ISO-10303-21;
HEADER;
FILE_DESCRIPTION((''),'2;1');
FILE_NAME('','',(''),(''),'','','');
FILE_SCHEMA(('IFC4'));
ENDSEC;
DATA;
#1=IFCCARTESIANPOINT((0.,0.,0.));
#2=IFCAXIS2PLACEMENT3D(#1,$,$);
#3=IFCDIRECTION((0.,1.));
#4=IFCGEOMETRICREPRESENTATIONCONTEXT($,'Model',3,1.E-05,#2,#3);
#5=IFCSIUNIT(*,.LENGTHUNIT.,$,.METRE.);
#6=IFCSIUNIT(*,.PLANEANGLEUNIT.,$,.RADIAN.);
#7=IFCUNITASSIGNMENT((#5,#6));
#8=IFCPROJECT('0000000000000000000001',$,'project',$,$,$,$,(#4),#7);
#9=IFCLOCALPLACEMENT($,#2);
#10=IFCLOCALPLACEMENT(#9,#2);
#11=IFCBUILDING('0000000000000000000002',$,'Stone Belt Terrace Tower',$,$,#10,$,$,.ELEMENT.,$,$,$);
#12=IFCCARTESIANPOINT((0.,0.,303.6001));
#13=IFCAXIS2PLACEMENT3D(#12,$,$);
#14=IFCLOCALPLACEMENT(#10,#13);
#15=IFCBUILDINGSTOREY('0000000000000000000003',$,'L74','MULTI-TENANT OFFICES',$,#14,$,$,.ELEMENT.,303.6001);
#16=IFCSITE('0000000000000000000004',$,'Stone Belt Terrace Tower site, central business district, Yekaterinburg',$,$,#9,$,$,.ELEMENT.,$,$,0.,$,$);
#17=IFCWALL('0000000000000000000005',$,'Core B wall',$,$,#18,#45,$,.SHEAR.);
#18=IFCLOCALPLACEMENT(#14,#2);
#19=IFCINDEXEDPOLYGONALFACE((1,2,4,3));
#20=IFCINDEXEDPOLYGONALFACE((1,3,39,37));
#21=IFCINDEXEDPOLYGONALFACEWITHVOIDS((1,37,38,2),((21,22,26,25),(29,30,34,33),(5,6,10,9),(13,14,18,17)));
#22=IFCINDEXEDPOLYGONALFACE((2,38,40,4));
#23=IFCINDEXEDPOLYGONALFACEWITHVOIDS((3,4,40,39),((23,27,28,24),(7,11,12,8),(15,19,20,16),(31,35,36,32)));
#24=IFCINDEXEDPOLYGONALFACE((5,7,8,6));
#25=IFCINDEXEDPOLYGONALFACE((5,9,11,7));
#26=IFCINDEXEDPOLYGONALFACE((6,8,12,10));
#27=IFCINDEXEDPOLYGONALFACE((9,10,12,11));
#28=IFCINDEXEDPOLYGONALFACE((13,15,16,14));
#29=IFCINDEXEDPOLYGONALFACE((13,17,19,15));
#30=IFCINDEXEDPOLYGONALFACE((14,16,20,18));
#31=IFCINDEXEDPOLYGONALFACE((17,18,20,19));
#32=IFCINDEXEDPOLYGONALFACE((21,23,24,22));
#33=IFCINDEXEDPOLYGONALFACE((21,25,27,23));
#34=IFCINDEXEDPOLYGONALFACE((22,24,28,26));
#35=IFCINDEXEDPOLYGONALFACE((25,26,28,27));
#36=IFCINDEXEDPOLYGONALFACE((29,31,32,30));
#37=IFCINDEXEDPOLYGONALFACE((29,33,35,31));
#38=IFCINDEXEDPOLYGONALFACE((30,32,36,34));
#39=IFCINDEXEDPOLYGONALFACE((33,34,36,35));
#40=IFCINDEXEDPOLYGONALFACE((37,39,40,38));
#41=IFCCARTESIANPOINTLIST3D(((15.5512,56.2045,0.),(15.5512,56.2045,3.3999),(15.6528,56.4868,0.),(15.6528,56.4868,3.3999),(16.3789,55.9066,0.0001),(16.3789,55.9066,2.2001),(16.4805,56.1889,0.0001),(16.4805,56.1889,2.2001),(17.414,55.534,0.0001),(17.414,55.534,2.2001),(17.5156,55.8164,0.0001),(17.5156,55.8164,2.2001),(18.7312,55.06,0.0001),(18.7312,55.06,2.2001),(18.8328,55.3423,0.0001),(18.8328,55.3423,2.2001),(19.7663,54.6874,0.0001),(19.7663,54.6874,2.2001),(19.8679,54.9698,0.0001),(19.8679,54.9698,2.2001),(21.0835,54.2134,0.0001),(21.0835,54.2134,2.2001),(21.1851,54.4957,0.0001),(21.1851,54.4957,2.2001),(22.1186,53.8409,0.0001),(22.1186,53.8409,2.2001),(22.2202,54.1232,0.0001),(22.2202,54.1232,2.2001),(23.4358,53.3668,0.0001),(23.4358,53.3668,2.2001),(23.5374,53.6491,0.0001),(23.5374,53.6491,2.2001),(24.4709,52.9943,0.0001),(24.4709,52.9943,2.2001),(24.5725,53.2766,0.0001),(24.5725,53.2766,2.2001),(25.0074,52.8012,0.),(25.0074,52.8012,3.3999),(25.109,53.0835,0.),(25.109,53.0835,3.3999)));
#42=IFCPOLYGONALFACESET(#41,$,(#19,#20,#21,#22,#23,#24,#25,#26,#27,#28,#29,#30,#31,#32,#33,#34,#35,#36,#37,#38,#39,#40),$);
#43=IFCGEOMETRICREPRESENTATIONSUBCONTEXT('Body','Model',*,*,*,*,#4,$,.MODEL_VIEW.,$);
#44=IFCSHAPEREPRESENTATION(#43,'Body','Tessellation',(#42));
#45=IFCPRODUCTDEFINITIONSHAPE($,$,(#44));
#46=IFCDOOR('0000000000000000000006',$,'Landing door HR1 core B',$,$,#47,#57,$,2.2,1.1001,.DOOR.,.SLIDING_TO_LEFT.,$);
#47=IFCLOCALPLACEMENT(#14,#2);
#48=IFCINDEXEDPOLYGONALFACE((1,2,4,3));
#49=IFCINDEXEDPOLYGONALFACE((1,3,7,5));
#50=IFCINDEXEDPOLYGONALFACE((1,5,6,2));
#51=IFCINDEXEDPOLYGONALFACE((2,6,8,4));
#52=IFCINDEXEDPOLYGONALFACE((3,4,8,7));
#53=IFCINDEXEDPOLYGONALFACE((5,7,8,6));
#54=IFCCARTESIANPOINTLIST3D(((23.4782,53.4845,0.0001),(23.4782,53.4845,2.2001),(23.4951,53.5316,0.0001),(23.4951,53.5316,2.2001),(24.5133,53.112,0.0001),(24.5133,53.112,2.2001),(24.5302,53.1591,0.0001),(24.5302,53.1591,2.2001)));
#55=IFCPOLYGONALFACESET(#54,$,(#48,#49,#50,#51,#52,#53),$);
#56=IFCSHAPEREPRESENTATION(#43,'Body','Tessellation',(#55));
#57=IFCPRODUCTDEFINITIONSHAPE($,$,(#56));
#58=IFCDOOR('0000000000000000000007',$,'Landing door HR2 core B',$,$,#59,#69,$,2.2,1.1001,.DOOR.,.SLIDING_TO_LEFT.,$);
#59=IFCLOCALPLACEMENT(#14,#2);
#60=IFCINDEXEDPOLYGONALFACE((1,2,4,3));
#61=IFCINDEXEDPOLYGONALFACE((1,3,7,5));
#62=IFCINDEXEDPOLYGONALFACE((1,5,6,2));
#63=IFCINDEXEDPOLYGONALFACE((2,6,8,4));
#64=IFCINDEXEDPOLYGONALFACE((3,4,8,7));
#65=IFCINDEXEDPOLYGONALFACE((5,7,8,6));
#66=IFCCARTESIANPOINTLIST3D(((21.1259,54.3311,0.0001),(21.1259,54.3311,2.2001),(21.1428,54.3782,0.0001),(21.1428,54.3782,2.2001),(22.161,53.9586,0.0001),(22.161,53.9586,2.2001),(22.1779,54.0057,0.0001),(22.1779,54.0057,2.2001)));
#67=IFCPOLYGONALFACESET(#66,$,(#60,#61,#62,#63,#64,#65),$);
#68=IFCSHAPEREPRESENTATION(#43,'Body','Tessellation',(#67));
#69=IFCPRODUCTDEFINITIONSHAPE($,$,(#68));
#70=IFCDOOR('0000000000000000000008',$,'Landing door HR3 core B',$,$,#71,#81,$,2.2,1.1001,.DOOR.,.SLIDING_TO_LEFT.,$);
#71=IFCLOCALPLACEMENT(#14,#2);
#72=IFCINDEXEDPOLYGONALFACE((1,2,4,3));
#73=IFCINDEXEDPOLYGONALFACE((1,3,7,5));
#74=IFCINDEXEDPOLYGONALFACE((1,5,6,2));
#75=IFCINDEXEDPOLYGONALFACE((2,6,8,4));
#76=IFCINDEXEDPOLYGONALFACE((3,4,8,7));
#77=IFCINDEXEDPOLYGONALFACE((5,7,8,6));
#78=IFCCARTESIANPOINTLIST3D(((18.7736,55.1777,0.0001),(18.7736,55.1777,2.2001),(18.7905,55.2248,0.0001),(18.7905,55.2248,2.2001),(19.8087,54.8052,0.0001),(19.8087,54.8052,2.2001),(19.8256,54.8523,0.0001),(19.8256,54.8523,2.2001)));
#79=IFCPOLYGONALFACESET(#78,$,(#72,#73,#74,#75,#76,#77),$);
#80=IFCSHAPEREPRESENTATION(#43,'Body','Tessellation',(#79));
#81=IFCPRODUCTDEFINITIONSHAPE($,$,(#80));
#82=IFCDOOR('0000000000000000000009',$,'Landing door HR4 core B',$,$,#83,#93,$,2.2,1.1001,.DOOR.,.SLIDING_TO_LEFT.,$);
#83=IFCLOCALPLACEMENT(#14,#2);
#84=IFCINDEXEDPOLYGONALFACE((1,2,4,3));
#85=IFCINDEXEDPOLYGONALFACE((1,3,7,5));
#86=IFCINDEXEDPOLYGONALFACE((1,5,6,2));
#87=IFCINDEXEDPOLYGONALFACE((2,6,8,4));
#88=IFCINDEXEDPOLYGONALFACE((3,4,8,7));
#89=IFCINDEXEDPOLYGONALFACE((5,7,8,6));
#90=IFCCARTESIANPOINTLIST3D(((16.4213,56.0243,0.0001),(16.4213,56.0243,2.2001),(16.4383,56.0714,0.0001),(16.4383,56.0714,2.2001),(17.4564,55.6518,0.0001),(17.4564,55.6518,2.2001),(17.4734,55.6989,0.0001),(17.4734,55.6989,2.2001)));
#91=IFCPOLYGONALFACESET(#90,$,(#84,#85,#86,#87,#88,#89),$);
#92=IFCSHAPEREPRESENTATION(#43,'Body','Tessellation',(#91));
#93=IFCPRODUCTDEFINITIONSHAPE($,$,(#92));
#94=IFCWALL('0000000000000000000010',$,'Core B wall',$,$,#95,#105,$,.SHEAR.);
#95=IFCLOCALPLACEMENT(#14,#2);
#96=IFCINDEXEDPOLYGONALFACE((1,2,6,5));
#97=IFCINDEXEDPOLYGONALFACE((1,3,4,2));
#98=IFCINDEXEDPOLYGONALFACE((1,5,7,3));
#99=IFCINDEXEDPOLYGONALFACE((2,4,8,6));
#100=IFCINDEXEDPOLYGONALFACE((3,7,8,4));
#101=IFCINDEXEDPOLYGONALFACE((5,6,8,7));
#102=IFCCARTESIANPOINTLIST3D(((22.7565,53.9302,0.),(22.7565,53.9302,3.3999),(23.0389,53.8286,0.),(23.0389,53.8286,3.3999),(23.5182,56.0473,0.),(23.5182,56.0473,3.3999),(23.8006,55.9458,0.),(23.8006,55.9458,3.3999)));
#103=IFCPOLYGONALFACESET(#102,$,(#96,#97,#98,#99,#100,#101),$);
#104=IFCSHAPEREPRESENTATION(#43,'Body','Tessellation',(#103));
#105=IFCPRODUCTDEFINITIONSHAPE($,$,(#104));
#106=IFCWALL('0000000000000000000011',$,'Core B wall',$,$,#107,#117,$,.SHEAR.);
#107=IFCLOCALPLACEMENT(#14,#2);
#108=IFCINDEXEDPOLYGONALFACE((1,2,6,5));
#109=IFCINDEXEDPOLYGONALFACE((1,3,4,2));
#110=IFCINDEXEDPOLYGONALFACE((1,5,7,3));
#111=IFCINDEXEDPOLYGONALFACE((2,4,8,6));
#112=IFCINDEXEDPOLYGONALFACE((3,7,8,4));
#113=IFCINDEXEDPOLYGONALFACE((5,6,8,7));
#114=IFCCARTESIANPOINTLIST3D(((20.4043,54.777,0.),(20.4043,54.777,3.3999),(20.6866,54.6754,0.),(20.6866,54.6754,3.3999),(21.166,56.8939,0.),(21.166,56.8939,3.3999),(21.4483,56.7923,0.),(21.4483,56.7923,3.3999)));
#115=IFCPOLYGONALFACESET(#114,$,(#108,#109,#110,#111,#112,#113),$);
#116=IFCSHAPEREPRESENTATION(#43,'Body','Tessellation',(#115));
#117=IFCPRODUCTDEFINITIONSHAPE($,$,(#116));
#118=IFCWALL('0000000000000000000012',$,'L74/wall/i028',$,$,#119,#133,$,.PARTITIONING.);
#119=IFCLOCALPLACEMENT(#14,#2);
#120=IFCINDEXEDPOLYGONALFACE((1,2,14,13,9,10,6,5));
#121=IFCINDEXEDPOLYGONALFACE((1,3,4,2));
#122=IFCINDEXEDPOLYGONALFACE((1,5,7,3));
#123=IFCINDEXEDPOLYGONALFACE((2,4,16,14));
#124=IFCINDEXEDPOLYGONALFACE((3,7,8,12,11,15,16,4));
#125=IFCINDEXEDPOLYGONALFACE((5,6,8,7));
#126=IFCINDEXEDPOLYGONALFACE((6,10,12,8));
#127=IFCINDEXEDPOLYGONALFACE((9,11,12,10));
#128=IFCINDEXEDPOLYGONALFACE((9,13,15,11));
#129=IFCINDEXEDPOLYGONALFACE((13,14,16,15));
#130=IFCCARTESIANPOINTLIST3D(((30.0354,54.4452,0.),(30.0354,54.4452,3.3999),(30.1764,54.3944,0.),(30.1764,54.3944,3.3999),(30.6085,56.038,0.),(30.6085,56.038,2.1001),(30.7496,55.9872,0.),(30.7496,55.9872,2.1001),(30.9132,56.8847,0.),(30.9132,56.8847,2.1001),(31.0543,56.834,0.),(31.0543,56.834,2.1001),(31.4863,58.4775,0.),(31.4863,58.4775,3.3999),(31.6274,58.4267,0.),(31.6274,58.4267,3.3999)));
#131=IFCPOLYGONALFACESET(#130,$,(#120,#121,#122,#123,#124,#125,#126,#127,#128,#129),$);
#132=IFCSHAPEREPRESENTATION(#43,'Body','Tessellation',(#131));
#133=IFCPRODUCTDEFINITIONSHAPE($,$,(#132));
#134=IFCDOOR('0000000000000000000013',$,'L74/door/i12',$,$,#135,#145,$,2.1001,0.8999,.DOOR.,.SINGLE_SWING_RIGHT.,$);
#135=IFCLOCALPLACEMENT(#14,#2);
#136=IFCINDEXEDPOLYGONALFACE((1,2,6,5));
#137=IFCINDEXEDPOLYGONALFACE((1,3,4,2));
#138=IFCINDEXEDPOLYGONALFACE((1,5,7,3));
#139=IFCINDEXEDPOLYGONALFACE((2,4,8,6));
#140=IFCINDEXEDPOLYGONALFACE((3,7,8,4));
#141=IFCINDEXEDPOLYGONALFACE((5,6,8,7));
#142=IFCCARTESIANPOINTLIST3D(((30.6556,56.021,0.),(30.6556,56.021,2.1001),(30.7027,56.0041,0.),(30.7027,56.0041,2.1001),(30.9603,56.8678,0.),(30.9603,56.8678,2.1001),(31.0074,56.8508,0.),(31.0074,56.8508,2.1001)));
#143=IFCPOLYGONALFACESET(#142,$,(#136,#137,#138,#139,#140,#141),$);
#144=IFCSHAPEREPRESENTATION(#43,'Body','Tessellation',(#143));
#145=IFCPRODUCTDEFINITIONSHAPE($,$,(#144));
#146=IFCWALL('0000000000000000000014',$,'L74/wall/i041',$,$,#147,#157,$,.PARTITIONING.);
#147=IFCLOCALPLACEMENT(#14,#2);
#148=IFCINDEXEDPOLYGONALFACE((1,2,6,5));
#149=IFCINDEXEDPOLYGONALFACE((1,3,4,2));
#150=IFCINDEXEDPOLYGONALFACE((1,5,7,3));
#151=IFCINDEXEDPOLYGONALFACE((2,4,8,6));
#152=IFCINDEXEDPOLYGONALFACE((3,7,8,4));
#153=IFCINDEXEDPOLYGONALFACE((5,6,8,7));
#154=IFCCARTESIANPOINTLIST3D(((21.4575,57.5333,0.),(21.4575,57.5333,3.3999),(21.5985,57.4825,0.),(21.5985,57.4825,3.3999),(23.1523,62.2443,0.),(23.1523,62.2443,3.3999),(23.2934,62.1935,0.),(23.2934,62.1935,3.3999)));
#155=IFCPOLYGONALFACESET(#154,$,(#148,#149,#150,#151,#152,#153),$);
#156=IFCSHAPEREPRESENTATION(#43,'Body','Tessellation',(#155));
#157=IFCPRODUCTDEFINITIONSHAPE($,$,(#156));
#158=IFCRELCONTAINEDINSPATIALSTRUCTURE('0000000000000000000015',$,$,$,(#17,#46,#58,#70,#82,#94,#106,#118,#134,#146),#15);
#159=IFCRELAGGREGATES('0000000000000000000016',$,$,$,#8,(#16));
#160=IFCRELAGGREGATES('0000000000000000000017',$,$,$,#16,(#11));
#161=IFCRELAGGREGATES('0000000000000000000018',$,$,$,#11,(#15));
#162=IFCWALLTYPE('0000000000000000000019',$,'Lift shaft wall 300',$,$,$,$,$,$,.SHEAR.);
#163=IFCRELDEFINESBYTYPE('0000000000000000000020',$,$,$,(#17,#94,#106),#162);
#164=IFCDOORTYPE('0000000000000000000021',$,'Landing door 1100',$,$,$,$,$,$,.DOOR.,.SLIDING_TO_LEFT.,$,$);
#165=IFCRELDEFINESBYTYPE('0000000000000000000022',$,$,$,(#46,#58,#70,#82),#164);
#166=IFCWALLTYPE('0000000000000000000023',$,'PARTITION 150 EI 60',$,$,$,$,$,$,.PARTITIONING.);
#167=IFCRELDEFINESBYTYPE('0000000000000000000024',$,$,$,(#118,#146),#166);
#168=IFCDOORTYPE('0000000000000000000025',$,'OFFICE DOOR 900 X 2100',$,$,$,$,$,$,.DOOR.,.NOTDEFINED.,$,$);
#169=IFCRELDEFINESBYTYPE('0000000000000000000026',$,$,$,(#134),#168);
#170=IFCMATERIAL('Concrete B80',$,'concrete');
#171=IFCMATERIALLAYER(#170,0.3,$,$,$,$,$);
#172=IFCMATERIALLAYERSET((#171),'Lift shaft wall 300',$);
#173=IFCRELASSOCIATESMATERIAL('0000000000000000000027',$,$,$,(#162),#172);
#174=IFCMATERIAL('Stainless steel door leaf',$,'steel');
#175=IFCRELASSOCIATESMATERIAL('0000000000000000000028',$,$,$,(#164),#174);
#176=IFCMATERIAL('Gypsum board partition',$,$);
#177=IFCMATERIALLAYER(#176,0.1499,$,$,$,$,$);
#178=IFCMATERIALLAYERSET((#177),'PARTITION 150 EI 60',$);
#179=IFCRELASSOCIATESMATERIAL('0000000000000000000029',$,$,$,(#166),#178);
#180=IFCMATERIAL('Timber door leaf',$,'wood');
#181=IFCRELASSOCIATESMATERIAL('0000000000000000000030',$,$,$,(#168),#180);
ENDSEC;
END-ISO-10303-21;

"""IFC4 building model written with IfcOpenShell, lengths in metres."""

from ifc_helpers import new_model, si_unit, direction, frame, frame_2d, origin, place, context, subcontext, project, spatial, rectangle, extrude, material, layer, layer_set, type_object, element, fill, save


model = new_model("IFC4")

# Units and contexts
model_context = context("Model", 3, precision=1e-05, world=origin(), true_north=direction((0.0, 1.0)))
body_context = subcontext(model_context, "Body", "Model", "MODEL_VIEW")
ifc_project = project(units=[si_unit("LENGTHUNIT", "METRE"), si_unit("PLANEANGLEUNIT", "RADIAN")], contexts=[model_context])

# Site, building, storey
site_placement = place(None, origin())
site = spatial("IfcSite", under=ifc_project, at=site_placement, Name="Stone Belt Terrace Tower site, central business district, Yekaterinburg", CompositionType="ELEMENT", RefElevation=0.0)
building_placement = place(site_placement, origin())
building = spatial("IfcBuilding", under=site, at=building_placement, Name="Stone Belt Terrace Tower", CompositionType="ELEMENT")
storey_placement = place(building_placement, frame((0.0, 0.0, 303.6001)))
storey = spatial("IfcBuildingStorey", under=building, at=storey_placement, Name="L74", Description="MULTI-TENANT OFFICES", CompositionType="ELEMENT", Elevation=303.6001)

# Shared definitions
ifc_material_1 = material(Name="Timber door leaf", Category="wood")
ifc_material_2 = material(Name="Concrete B80", Category="concrete")
ifc_layer_1 = layer(ifc_material_2, 0.3)
ifc_layer_set_1 = layer_set([ifc_layer_1], Name="Lift shaft wall 300")
wall_type_1 = type_object("IfcWallType", Name="Lift shaft wall 300", PredefinedType="SHEAR", material=ifc_layer_set_1)
ifc_material_3 = material(Name="Stainless steel door leaf", Category="steel")

# Wall, openings, doors
wall_1_placement = place(storey_placement, frame((25.0581, 52.9424, 0.0), z_axis=(0.0, 0.0, 1.0), x_axis=(-0.940917, 0.338636, 0.0)))
wall_1 = element("IfcWall", 1, at=wall_1_placement, inside=storey, type_object=wall_type_1, Name="Core B wall", PredefinedType="SHEAR", context=body_context, shape_type="SweptSolid", body=[
    extrude(rectangle(XDim=10.05, YDim=0.3, at=frame_2d((5.0249, 0.0))), origin(), (0.0, 0.0, 1.0), 3.3999),
])
opening_1_placement = place(wall_1_placement, frame((0.5701, 0.0, 0.0)))
opening_1 = element("IfcOpeningElement", 2, at=opening_1_placement, cuts=wall_1, PredefinedType="OPENING", context=body_context, shape_type="SweptSolid", body=[
    extrude(rectangle(XDim=1.1001, YDim=2.2, at=frame_2d((0.55, 1.1001))), frame((0.0, 0.1599, 0.0), z_axis=(0.0, -1.0, 0.0), x_axis=(1.0, 0.0, 0.0)), (0.0, 0.0, 1.0), 0.3201),
])
opening_2_placement = place(wall_1_placement, frame((3.0701, 0.0, 0.0)))
opening_2 = element("IfcOpeningElement", 3, at=opening_2_placement, cuts=wall_1, PredefinedType="OPENING", context=body_context, shape_type="SweptSolid", body=[
    extrude(rectangle(XDim=1.1001, YDim=2.2, at=frame_2d((0.55, 1.1001))), frame((0.0, 0.1599, 0.0), z_axis=(0.0, -1.0, 0.0), x_axis=(1.0, 0.0, 0.0)), (0.0, 0.0, 1.0), 0.3201),
])
opening_3_placement = place(wall_1_placement, frame((5.5701, 0.0, 0.0)))
opening_3 = element("IfcOpeningElement", 4, at=opening_3_placement, cuts=wall_1, PredefinedType="OPENING", context=body_context, shape_type="SweptSolid", body=[
    extrude(rectangle(XDim=1.1001, YDim=2.2, at=frame_2d((0.55, 1.1001))), frame((0.0, 0.1599, 0.0), z_axis=(0.0, -1.0, 0.0), x_axis=(1.0, 0.0, 0.0)), (0.0, 0.0, 1.0), 0.3201),
])
opening_4_placement = place(wall_1_placement, frame((8.0701, 0.0, 0.0)))
opening_4 = element("IfcOpeningElement", 5, at=opening_4_placement, cuts=wall_1, PredefinedType="OPENING", context=body_context, shape_type="SweptSolid", body=[
    extrude(rectangle(XDim=1.1001, YDim=2.2, at=frame_2d((0.55, 1.1001))), frame((0.0, 0.1599, 0.0), z_axis=(0.0, -1.0, 0.0), x_axis=(1.0, 0.0, 0.0)), (0.0, 0.0, 1.0), 0.3201),
])
door_type_1 = type_object("IfcDoorType", Name="Landing door 1100", OperationType="SLIDING_TO_LEFT", PredefinedType="DOOR", material=ifc_material_3)
door_1_placement = place(opening_1_placement, origin())
door_1 = element("IfcDoor", 6, at=door_1_placement, inside=storey, type_object=door_type_1, Name="Landing door HR1 core B", OperationType="SLIDING_TO_LEFT", OverallHeight=2.2, OverallWidth=1.1001, PredefinedType="DOOR", context=body_context, shape_type="SweptSolid", body=[
    extrude(rectangle(XDim=1.1001, YDim=2.2, at=frame_2d((0.55, 1.1001))), frame((0.0, 0.0249, 0.0), z_axis=(0.0, -1.0, 0.0), x_axis=(1.0, 0.0, 0.0)), (0.0, 0.0, 1.0), 0.05),
])
fill(opening_1, door_1)
door_2_placement = place(opening_2_placement, origin())
door_2 = element("IfcDoor", 7, at=door_2_placement, inside=storey, type_object=door_type_1, Name="Landing door HR2 core B", OperationType="SLIDING_TO_LEFT", OverallHeight=2.2, OverallWidth=1.1001, PredefinedType="DOOR", context=body_context, shape_type="SweptSolid", body=[
    extrude(rectangle(XDim=1.1001, YDim=2.2, at=frame_2d((0.55, 1.1001))), frame((0.0, 0.0249, 0.0), z_axis=(0.0, -1.0, 0.0), x_axis=(1.0, 0.0, 0.0)), (0.0, 0.0, 1.0), 0.05),
])
fill(opening_2, door_2)
door_3_placement = place(opening_3_placement, origin())
door_3 = element("IfcDoor", 8, at=door_3_placement, inside=storey, type_object=door_type_1, Name="Landing door HR3 core B", OperationType="SLIDING_TO_LEFT", OverallHeight=2.2, OverallWidth=1.1001, PredefinedType="DOOR", context=body_context, shape_type="SweptSolid", body=[
    extrude(rectangle(XDim=1.1001, YDim=2.2, at=frame_2d((0.55, 1.1001))), frame((0.0, 0.0249, 0.0), z_axis=(0.0, -1.0, 0.0), x_axis=(1.0, 0.0, 0.0)), (0.0, 0.0, 1.0), 0.05),
])
fill(opening_3, door_3)
door_4_placement = place(opening_4_placement, origin())
door_4 = element("IfcDoor", 9, at=door_4_placement, inside=storey, type_object=door_type_1, Name="Landing door HR4 core B", OperationType="SLIDING_TO_LEFT", OverallHeight=2.2, OverallWidth=1.1001, PredefinedType="DOOR", context=body_context, shape_type="SweptSolid", body=[
    extrude(rectangle(XDim=1.1001, YDim=2.2, at=frame_2d((0.55, 1.1001))), frame((0.0, 0.0249, 0.0), z_axis=(0.0, -1.0, 0.0), x_axis=(1.0, 0.0, 0.0)), (0.0, 0.0, 1.0), 0.05),
])
fill(opening_4, door_4)

# Walls
wall_2_placement = place(storey_placement, frame((22.8977, 53.8794, 0.0), z_axis=(0.0, 0.0, 1.0), x_axis=(0.338535, 0.940954, 0.0)))
element("IfcWall", 10, at=wall_2_placement, inside=storey, type_object=wall_type_1, Name="Core B wall", PredefinedType="SHEAR", context=body_context, shape_type="SweptSolid", body=[
    extrude(rectangle(XDim=2.25, YDim=0.3, at=frame_2d((1.125, 0.0))), origin(), (0.0, 0.0, 1.0), 3.3999),
])
wall_3_placement = place(storey_placement, frame((20.5454, 54.7261, 0.0), z_axis=(0.0, 0.0, 1.0), x_axis=(0.33857, 0.940941, 0.0)))
element("IfcWall", 11, at=wall_3_placement, inside=storey, type_object=wall_type_1, Name="Core B wall", PredefinedType="SHEAR", context=body_context, shape_type="SweptSolid", body=[
    extrude(rectangle(XDim=2.2498, YDim=0.3, at=frame_2d((1.125, 0.0))), origin(), (0.0, 0.0, 1.0), 3.3999),
])

# Wall, opening, door
ifc_material_4 = material(Name="Gypsum board partition")
ifc_layer_2 = layer(ifc_material_4, 0.1499)
ifc_layer_set_2 = layer_set([ifc_layer_2], Name="PARTITION 150 EI 60")
wall_type_2 = type_object("IfcWallType", Name="PARTITION 150 EI 60", PredefinedType="PARTITIONING", material=ifc_layer_set_2)
wall_4_placement = place(storey_placement, frame((30.106, 54.4199, 0.0), z_axis=(0.0, 0.0, 1.0), x_axis=(0.33858, 0.940938, 0.0)))
wall_4 = element("IfcWall", 12, at=wall_4_placement, inside=storey, type_object=wall_type_2, Name="L74/wall/i028", PredefinedType="PARTITIONING", context=body_context, shape_type="SweptSolid", body=[
    extrude(rectangle(XDim=4.2854, YDim=0.1499, at=frame_2d((2.1426, 0.0))), origin(), (0.0, 0.0, 1.0), 3.3999),
])
opening_5_placement = place(wall_4_placement, frame((1.6926, 0.0, 0.0)))
opening_5 = element("IfcOpeningElement", 13, at=opening_5_placement, cuts=wall_4, PredefinedType="OPENING", context=body_context, shape_type="SweptSolid", body=[
    extrude(rectangle(XDim=0.8999, YDim=2.1001, at=frame_2d((0.45, 1.05))), frame((0.0, 0.085, 0.0), z_axis=(0.0, -1.0, 0.0), x_axis=(1.0, 0.0, 0.0)), (0.0, 0.0, 1.0), 0.1699),
])
door_type_2 = type_object("IfcDoorType", Name="OFFICE DOOR 900 X 2100", OperationType="NOTDEFINED", PredefinedType="DOOR", material=ifc_material_1)
door_5_placement = place(opening_5_placement, origin())
door_5 = element("IfcDoor", 14, at=door_5_placement, inside=storey, type_object=door_type_2, Name="L74/door/i12", OperationType="SINGLE_SWING_RIGHT", OverallHeight=2.1001, OverallWidth=0.8999, PredefinedType="DOOR", context=body_context, shape_type="SweptSolid", body=[
    extrude(rectangle(XDim=0.8999, YDim=2.1001, at=frame_2d((0.45, 1.05))), frame((0.0, 0.0249, 0.0), z_axis=(0.0, -1.0, 0.0), x_axis=(1.0, 0.0, 0.0)), (0.0, 0.0, 1.0), 0.05),
])
fill(opening_5, door_5)

# Wall
wall_5_placement = place(storey_placement, frame((23.2229, 62.219, 0.0), z_axis=(0.0, 0.0, 1.0), x_axis=(-0.338523, -0.940958, 0.0)))
element("IfcWall", 15, at=wall_5_placement, inside=storey, type_object=wall_type_2, Name="L74/wall/i041", PredefinedType="PARTITIONING", context=body_context, shape_type="SweptSolid", body=[
    extrude(rectangle(XDim=5.0066, YDim=0.1499, at=frame_2d((2.5034, 0.0))), origin(), (0.0, 0.0, 1.0), 3.3999),
])

save(model, "model.ifc")
